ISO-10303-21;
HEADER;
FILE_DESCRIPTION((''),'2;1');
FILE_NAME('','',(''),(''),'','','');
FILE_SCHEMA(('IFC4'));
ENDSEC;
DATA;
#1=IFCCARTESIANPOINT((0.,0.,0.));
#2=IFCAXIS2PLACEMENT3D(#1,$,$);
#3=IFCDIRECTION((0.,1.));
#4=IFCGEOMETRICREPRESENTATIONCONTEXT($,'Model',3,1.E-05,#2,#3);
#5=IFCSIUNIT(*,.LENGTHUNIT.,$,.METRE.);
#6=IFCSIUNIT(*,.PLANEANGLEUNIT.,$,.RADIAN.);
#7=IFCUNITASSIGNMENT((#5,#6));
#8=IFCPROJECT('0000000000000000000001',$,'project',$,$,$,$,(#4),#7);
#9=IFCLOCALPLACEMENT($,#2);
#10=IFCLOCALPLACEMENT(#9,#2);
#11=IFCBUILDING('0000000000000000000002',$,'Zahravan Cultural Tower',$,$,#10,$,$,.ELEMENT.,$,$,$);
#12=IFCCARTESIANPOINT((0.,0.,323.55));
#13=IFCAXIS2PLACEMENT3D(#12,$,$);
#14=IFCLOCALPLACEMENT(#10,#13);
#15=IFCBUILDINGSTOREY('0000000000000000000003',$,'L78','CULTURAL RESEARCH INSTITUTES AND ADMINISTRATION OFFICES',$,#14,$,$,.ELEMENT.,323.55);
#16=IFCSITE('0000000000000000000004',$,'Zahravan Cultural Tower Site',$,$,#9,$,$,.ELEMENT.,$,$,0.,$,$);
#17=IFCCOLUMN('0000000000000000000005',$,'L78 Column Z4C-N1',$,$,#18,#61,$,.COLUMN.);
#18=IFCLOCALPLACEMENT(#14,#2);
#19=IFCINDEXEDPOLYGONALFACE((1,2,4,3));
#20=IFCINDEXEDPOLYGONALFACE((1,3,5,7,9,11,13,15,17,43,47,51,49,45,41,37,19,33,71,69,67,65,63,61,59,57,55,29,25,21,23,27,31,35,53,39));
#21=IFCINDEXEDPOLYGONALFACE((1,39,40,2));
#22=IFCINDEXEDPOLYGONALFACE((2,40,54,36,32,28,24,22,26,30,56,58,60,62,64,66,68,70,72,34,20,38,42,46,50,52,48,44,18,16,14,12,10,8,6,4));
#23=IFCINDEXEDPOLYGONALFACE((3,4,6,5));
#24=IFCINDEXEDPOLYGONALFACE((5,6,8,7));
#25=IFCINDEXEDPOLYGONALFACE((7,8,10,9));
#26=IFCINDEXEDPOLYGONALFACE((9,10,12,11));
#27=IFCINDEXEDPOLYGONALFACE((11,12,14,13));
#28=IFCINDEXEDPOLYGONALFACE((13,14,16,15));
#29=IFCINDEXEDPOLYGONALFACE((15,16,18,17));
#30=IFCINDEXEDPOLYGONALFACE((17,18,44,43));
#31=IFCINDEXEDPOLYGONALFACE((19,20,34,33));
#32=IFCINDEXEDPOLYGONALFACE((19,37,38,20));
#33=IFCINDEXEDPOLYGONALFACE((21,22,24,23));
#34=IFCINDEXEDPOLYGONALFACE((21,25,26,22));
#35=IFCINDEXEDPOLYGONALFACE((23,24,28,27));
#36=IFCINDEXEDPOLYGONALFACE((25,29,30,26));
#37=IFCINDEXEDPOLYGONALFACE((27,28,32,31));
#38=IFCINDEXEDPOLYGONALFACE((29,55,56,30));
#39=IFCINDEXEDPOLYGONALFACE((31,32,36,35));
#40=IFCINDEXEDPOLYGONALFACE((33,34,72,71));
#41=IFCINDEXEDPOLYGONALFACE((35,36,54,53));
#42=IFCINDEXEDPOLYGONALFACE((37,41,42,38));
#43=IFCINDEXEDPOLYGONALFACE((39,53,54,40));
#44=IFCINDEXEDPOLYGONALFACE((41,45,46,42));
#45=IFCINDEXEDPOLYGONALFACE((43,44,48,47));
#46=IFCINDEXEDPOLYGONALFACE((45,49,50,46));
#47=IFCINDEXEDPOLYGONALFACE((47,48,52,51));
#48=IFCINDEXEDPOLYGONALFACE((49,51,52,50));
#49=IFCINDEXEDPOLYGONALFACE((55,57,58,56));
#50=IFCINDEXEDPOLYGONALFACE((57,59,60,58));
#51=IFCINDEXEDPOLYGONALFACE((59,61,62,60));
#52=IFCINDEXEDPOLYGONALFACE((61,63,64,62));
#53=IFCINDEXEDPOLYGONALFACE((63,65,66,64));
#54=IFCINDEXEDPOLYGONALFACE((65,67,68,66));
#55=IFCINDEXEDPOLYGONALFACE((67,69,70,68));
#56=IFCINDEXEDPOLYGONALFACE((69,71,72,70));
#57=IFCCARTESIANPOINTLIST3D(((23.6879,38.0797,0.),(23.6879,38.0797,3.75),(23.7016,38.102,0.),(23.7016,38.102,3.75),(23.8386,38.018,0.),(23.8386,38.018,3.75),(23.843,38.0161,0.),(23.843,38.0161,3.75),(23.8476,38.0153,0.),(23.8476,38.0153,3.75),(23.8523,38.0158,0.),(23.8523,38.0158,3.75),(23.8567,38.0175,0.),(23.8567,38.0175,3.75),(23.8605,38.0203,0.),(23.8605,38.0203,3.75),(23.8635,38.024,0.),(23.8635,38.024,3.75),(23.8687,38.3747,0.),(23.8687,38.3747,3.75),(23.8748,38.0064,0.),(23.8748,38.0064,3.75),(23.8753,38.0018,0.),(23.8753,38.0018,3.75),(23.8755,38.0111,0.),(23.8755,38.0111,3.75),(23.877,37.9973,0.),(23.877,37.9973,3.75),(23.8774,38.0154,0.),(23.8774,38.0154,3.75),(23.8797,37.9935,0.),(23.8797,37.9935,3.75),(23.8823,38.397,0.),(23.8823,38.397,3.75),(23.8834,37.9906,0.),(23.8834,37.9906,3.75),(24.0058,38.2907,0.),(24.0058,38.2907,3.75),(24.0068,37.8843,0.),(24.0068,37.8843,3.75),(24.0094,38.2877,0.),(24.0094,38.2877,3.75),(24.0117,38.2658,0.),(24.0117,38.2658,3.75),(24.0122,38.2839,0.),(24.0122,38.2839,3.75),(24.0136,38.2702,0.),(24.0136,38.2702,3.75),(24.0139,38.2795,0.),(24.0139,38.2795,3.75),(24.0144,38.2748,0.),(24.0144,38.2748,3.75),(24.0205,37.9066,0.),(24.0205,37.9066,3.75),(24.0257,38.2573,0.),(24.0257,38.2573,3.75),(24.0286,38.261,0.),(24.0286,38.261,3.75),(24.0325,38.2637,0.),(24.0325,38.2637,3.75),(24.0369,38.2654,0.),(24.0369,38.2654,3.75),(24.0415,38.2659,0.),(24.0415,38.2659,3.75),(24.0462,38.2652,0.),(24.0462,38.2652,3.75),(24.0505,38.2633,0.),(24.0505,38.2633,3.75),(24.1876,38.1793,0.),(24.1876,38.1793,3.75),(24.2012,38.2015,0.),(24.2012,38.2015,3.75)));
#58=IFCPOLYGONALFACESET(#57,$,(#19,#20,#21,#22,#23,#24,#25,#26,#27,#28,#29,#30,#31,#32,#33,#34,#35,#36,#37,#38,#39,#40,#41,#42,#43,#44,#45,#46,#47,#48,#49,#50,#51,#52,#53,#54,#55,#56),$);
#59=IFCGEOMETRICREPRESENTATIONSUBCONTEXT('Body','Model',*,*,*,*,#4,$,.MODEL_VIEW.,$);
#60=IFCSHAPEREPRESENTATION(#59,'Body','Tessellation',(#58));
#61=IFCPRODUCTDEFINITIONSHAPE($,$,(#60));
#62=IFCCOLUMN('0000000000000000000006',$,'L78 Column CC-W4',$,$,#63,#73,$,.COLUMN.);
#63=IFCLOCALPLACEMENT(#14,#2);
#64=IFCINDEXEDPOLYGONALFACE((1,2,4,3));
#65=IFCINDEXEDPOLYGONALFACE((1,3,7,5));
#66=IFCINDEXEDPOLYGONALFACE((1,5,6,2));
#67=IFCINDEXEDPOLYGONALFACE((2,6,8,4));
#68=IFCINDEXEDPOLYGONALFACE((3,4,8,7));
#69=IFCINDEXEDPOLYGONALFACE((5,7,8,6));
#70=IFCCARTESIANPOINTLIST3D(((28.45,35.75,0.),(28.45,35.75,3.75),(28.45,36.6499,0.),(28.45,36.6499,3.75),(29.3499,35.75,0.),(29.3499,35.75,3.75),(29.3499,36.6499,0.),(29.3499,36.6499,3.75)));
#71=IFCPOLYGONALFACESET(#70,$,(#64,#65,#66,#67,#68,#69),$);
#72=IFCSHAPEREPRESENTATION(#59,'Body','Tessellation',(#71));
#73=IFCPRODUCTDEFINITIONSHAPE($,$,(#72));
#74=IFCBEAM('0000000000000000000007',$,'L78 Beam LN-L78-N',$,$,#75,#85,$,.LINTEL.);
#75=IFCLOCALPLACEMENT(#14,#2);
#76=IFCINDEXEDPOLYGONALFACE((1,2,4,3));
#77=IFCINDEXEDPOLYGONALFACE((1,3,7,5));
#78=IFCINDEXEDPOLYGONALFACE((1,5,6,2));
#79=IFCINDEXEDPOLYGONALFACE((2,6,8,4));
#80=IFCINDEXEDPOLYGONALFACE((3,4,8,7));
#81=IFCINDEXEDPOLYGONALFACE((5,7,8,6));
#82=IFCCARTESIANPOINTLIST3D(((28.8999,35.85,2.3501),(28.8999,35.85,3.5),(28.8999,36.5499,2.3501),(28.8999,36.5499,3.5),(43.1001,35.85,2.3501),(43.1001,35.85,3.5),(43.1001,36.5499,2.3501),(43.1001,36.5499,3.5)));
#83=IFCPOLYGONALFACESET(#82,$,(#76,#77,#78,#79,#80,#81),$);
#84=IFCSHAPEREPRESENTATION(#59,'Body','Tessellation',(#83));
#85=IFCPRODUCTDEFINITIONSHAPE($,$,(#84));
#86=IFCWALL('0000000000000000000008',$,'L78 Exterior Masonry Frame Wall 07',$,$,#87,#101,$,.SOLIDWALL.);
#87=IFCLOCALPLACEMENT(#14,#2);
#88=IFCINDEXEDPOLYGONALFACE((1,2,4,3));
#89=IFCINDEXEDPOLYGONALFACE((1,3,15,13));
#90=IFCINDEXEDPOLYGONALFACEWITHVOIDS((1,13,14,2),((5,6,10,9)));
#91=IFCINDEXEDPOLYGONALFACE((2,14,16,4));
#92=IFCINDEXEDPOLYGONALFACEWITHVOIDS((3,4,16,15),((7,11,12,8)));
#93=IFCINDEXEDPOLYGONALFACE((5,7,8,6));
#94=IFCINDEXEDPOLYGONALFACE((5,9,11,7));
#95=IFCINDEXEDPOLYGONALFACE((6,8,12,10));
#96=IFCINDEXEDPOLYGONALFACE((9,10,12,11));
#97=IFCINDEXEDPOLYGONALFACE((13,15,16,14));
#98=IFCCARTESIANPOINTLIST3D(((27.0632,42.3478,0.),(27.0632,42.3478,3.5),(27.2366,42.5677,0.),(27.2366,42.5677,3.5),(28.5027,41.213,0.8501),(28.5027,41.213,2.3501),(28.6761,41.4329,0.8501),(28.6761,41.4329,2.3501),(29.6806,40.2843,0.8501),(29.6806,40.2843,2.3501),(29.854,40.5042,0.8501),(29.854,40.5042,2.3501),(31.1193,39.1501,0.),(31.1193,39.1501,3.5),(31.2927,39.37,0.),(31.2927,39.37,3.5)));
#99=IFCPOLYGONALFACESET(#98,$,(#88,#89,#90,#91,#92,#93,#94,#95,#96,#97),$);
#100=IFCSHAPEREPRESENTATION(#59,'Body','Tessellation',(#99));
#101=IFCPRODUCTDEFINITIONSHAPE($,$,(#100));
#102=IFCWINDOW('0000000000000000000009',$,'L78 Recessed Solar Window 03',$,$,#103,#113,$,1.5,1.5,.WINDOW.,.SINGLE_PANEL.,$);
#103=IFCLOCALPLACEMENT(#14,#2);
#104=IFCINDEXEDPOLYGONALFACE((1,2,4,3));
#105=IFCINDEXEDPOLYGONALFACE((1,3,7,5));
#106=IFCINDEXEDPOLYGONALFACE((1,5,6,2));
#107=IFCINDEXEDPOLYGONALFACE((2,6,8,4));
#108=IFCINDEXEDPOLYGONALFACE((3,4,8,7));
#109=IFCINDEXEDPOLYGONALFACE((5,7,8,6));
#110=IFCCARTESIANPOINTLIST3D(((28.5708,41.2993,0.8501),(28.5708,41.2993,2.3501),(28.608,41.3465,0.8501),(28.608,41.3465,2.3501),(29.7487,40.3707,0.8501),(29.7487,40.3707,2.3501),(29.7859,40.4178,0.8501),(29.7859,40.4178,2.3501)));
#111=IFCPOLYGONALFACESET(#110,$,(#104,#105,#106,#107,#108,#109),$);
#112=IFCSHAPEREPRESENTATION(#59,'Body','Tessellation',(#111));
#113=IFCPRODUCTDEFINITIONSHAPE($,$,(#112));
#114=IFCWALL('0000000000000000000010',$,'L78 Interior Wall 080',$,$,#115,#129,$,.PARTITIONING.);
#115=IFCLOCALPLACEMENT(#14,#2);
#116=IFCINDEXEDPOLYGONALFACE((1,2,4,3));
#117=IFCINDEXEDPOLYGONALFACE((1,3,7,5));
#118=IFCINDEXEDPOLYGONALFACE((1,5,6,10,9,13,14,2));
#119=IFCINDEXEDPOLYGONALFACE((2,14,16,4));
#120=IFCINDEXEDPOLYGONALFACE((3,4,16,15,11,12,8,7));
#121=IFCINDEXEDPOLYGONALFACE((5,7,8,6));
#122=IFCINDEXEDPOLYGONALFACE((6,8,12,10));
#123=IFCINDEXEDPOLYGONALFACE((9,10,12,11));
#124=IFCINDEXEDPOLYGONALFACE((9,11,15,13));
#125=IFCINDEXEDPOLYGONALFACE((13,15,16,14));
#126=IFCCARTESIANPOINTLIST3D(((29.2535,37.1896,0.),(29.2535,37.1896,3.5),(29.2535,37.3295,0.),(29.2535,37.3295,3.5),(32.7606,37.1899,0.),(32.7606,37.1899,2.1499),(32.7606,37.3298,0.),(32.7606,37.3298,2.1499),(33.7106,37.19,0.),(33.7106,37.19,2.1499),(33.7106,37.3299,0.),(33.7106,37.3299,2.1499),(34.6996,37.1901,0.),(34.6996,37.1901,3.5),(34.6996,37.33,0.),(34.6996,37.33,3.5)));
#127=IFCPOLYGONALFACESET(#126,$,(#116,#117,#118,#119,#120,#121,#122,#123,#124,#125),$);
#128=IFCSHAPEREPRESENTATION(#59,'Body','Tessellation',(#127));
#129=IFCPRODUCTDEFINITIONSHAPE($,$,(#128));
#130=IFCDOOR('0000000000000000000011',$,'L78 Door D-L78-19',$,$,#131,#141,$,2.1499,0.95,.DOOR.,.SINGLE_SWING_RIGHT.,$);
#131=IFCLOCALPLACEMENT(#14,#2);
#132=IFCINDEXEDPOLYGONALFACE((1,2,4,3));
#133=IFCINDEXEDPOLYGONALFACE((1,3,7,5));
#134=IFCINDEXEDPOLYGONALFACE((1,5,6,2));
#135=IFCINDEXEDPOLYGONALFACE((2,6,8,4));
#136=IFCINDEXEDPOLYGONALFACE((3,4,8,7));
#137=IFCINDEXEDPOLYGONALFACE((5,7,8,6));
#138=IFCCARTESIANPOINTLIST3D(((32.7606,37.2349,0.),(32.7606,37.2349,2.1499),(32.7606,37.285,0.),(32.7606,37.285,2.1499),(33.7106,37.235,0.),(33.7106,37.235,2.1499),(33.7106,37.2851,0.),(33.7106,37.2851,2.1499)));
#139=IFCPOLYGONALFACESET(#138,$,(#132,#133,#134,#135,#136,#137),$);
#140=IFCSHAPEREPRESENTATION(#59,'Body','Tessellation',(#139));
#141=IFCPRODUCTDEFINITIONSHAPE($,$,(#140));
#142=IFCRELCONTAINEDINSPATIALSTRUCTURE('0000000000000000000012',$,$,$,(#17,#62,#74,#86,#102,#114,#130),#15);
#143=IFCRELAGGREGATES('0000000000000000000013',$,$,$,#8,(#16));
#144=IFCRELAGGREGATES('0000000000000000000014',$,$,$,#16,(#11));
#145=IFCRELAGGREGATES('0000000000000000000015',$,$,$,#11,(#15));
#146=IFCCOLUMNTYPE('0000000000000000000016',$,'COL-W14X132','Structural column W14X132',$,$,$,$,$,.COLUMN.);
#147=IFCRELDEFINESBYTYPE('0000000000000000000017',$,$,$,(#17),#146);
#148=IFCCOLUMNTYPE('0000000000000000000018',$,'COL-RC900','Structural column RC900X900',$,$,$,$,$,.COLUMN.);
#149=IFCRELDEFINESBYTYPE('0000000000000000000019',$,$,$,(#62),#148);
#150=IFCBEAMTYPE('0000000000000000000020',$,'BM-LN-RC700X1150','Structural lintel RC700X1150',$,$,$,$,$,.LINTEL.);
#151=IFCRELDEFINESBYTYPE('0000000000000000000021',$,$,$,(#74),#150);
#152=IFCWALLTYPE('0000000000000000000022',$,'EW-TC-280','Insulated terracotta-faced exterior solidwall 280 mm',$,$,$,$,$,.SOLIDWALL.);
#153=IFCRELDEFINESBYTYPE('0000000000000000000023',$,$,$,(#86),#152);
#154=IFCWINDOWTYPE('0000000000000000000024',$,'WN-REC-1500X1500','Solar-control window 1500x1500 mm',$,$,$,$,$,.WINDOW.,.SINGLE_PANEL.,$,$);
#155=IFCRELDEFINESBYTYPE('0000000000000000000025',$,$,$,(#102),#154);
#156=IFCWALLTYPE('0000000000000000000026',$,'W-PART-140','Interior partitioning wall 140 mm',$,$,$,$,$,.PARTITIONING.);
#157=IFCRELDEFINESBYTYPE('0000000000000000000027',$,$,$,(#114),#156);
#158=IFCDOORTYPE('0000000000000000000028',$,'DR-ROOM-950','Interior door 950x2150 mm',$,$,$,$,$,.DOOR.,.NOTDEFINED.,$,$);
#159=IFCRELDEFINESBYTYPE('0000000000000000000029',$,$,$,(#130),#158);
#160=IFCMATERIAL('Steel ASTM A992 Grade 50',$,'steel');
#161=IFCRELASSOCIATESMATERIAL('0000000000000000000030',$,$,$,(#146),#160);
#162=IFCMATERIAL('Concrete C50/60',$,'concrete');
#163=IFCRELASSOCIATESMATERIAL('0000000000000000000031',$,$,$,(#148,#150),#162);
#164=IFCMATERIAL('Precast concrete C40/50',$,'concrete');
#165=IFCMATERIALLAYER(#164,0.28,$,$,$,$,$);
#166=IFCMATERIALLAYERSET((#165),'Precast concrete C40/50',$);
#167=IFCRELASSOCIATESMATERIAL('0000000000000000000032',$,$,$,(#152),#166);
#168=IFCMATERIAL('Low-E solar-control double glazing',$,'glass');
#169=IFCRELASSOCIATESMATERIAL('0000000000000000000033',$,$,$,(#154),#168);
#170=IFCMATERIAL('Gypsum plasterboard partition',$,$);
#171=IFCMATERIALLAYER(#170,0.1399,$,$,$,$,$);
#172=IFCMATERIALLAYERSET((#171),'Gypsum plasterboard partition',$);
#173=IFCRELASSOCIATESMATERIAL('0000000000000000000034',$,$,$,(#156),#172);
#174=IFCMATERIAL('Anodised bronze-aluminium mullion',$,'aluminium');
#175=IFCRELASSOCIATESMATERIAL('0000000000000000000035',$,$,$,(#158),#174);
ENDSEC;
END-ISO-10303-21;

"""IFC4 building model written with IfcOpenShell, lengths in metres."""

from ifc_helpers import new_model, si_unit, direction, frame, frame_2d, origin, origin_2d, place, context, subcontext, project, spatial, rectangle, i_section, extrude, source, transform, mapped, material, layer, layer_set, material_profile, profile_set, type_object, element, fill, save


model = new_model("IFC4")

# Units and contexts
model_context = context("Model", 3, precision=1e-05, world=origin(), true_north=direction((0.0, 1.0)))
body_context = subcontext(model_context, "Body", "Model", "MODEL_VIEW")
ifc_project = project(units=[si_unit("LENGTHUNIT", "METRE"), si_unit("PLANEANGLEUNIT", "RADIAN")], contexts=[model_context])

# Site, building, storey
site_placement = place(None, origin())
site = spatial("IfcSite", under=ifc_project, at=site_placement, Name="Zahravan Cultural Tower Site", CompositionType="ELEMENT", RefElevation=0.0)
building_placement = place(site_placement, origin())
building = spatial("IfcBuilding", under=site, at=building_placement, Name="Zahravan Cultural Tower", CompositionType="ELEMENT")
storey_placement = place(building_placement, frame((0.0, 0.0, 323.55)))
storey = spatial("IfcBuildingStorey", under=building, at=storey_placement, Name="L78", Description="CULTURAL RESEARCH INSTITUTES AND ADMINISTRATION OFFICES", CompositionType="ELEMENT", Elevation=323.55)

# Columns
ifc_material_1 = material(Name="Steel ASTM A992 Grade 50", Category="steel")
ifc_material_profile_1 = material_profile(ifc_material_1, i_section(OverallWidth=0.374, OverallDepth=0.3721, WebThickness=0.0164, FlangeThickness=0.0261, FilletRadius=0.0181, at=origin_2d()), Name="W14X132")
ifc_profile_set_1 = profile_set([ifc_material_profile_1], Name="Steel ASTM A992 Grade 50")
column_type_1 = type_object("IfcColumnType", Name="COL-W14X132", Description="Structural column W14X132", PredefinedType="COLUMN", material=ifc_profile_set_1)
shared_shape_1 = source(origin(), body_context, "Body", "SweptSolid", [
    extrude(i_section(OverallWidth=0.374, OverallDepth=0.3721, WebThickness=0.0164, FlangeThickness=0.0261, FilletRadius=0.0181, at=origin_2d()), origin(), (0.0, 0.0, 1.0), 3.75),
])
column_1_placement = place(storey_placement, frame((23.9446, 38.1406, 0.0), z_axis=(0.0, 0.0, 1.0), x_axis=(-0.85264, 0.522499, 0.0)))
element("IfcColumn", 1, at=column_1_placement, inside=storey, type_object=column_type_1, Name="L78 Column Z4C-N1", PredefinedType="COLUMN", context=body_context, shape_type="MappedRepresentation", body=[
    mapped(shared_shape_1, transform((0.0, 0.0, 0.0), x_axis=(1.0, 0.0, 0.0), y_axis=(0.0, 1.0, 0.0), z_axis=(0.0, 0.0, 1.0), scale=1.0)),
])
ifc_material_2 = material(Name="Concrete C50/60", Category="concrete")
ifc_material_profile_2 = material_profile(ifc_material_2, rectangle(XDim=0.8999, YDim=0.8999, at=origin_2d()), Name="RC900X900")
ifc_profile_set_2 = profile_set([ifc_material_profile_2], Name="Concrete C50/60")
column_type_2 = type_object("IfcColumnType", Name="COL-RC900", Description="Structural column RC900X900", PredefinedType="COLUMN", material=ifc_profile_set_2)
shared_shape_2 = source(origin(), body_context, "Body", "SweptSolid", [
    extrude(rectangle(XDim=0.8999, YDim=0.8999, at=origin_2d()), origin(), (0.0, 0.0, 1.0), 3.75),
])
column_2_placement = place(storey_placement, frame((28.8999, 36.2, 0.0), z_axis=(0.0, 0.0, 1.0), x_axis=(1.0, 0.0, 0.0)))
element("IfcColumn", 2, at=column_2_placement, inside=storey, type_object=column_type_2, Name="L78 Column CC-W4", PredefinedType="COLUMN", context=body_context, shape_type="MappedRepresentation", body=[
    mapped(shared_shape_2, transform((0.0, 0.0, 0.0), x_axis=(1.0, 0.0, 0.0), y_axis=(0.0, 1.0, 0.0), z_axis=(0.0, 0.0, 1.0), scale=1.0)),
])

# Beam
ifc_material_profile_3 = material_profile(ifc_material_2, rectangle(XDim=0.7, YDim=1.1499, at=origin_2d()), Name="RC700X1150")
ifc_profile_set_3 = profile_set([ifc_material_profile_3], Name="Concrete C50/60")
beam_type = type_object("IfcBeamType", Name="BM-LN-RC700X1150", Description="Structural lintel RC700X1150", PredefinedType="LINTEL", material=ifc_profile_set_3)
shared_shape_3 = source(origin(), body_context, "Body", "SweptSolid", [
    extrude(rectangle(XDim=0.7, YDim=1.1499, at=origin_2d()), origin(), (0.0, 0.0, 1.0), 14.2002),
])
beam_placement = place(storey_placement, frame((28.8999, 36.2, 2.925), z_axis=(1.0, 0.0, 0.0), x_axis=(0.0, 1.0, 0.0)))
element("IfcBeam", 3, at=beam_placement, inside=storey, type_object=beam_type, Name="L78 Beam LN-L78-N", PredefinedType="LINTEL", context=body_context, shape_type="MappedRepresentation", body=[
    mapped(shared_shape_3, transform((0.0, 0.0, 0.0), x_axis=(1.0, 0.0, 0.0), y_axis=(0.0, 1.0, 0.0), z_axis=(0.0, 0.0, 1.0), scale=1.0)),
])

# Wall, opening, window
ifc_material_3 = material(Name="Precast concrete C40/50", Category="concrete")
ifc_layer_1 = layer(ifc_material_3, 0.28)
ifc_layer_set_1 = layer_set([ifc_layer_1], Name="Precast concrete C40/50")
wall_type_1 = type_object("IfcWallType", Name="EW-TC-280", Description="Insulated terracotta-faced exterior solidwall 280 mm", PredefinedType="SOLIDWALL", material=ifc_layer_set_1)
wall_1_placement = place(storey_placement, frame((27.1499, 42.4578, 0.0), z_axis=(0.0, 0.0, 1.0), x_axis=(0.785304, -0.619111, 0.0)))
wall_1 = element("IfcWall", 4, at=wall_1_placement, inside=storey, type_object=wall_type_1, Name="L78 Exterior Masonry Frame Wall 07", PredefinedType="SOLIDWALL", context=body_context, shape_type="SweptSolid", body=[
    extrude(rectangle(XDim=5.165, YDim=0.28, at=frame_2d((2.5825, 0.0))), origin(), (0.0, 0.0, 1.0), 3.5),
])
opening_1_placement = place(wall_1_placement, frame((1.833, 0.0, 0.8501)))
opening_1 = element("IfcOpeningElement", 5, at=opening_1_placement, cuts=wall_1, PredefinedType="OPENING", context=body_context, shape_type="SweptSolid", body=[
    extrude(rectangle(XDim=1.5, YDim=1.5, at=frame_2d((0.75, 0.75))), frame((0.0, 0.1499, 0.0), z_axis=(0.0, -1.0, 0.0), x_axis=(1.0, 0.0, 0.0)), (0.0, 0.0, 1.0), 0.3),
])
ifc_material_4 = material(Name="Low-E solar-control double glazing", Category="glass")
window_type = type_object("IfcWindowType", Name="WN-REC-1500X1500", Description="Solar-control window 1500x1500 mm", PartitioningType="SINGLE_PANEL", PredefinedType="WINDOW", material=ifc_material_4)
shared_shape_4 = source(origin(), body_context, "Body", "SweptSolid", [
    extrude(rectangle(XDim=1.5, YDim=1.5, at=frame_2d((0.75, 0.75))), frame((0.0, 0.03, 0.0), z_axis=(0.0, -1.0, 0.0), x_axis=(1.0, 0.0, 0.0)), (0.0, 0.0, 1.0), 0.0601),
])
window_placement = place(opening_1_placement, origin())
window = element("IfcWindow", 6, at=window_placement, inside=storey, type_object=window_type, Name="L78 Recessed Solar Window 03", OverallHeight=1.5, OverallWidth=1.5, PartitioningType="SINGLE_PANEL", PredefinedType="WINDOW", context=body_context, shape_type="MappedRepresentation", body=[
    mapped(shared_shape_4, transform((0.0, 0.0, 0.0), x_axis=(1.0, 0.0, 0.0), y_axis=(0.0, 1.0, 0.0), z_axis=(0.0, 0.0, 1.0), scale=1.0)),
])
fill(opening_1, window)

# Wall, opening, door
ifc_material_5 = material(Name="Gypsum plasterboard partition")
ifc_layer_2 = layer(ifc_material_5, 0.1399)
ifc_layer_set_2 = layer_set([ifc_layer_2], Name="Gypsum plasterboard partition")
wall_type_2 = type_object("IfcWallType", Name="W-PART-140", Description="Interior partitioning wall 140 mm", PredefinedType="PARTITIONING", material=ifc_layer_set_2)
wall_2_placement = place(storey_placement, frame((34.6997, 37.26, 0.0), z_axis=(0.0, 0.0, 1.0), x_axis=(-1.0, -0.00009, 0.0)))
wall_2 = element("IfcWall", 7, at=wall_2_placement, inside=storey, type_object=wall_type_2, Name="L78 Interior Wall 080", PredefinedType="PARTITIONING", context=body_context, shape_type="SweptSolid", body=[
    extrude(rectangle(XDim=5.446, YDim=0.1399, at=frame_2d((2.7231, 0.0))), origin(), (0.0, 0.0, 1.0), 3.5),
])
opening_2_placement = place(wall_2_placement, frame((0.989, 0.0, 0.0)))
opening_2 = element("IfcOpeningElement", 8, at=opening_2_placement, cuts=wall_2, PredefinedType="OPENING", context=body_context, shape_type="SweptSolid", body=[
    extrude(rectangle(XDim=0.95, YDim=2.1499, at=frame_2d((0.4751, 1.075))), frame((0.0, 0.0798, 0.0), z_axis=(0.0, -1.0, 0.0), x_axis=(1.0, 0.0, 0.0)), (0.0, 0.0, 1.0), 0.1599),
])
ifc_material_6 = material(Name="Anodised bronze-aluminium mullion", Category="aluminium")
door_type_1 = type_object("IfcDoorType", Name="DR-ROOM-950", Description="Interior door 950x2150 mm", OperationType="NOTDEFINED", PredefinedType="DOOR", material=ifc_material_6)
shared_shape_5 = source(origin(), body_context, "Body", "SweptSolid", [
    extrude(rectangle(XDim=0.95, YDim=2.1499, at=frame_2d((0.4751, 1.075))), frame((0.0, 0.0249, 0.0), z_axis=(0.0, -1.0, 0.0), x_axis=(1.0, 0.0, 0.0)), (0.0, 0.0, 1.0), 0.05),
])
door_1_placement = place(opening_2_placement, origin())
door_1 = element("IfcDoor", 9, at=door_1_placement, inside=storey, type_object=door_type_1, Name="L78 Door D-L78-19", OperationType="SINGLE_SWING_RIGHT", OverallHeight=2.1499, OverallWidth=0.95, PredefinedType="DOOR", context=body_context, shape_type="MappedRepresentation", body=[
    mapped(shared_shape_5, transform((0.0, 0.0, 0.0), x_axis=(1.0, 0.0, 0.0), y_axis=(0.0, 1.0, 0.0), z_axis=(0.0, 0.0, 1.0), scale=1.0)),
])
fill(opening_2, door_1)

save(model, "model.ifc")
